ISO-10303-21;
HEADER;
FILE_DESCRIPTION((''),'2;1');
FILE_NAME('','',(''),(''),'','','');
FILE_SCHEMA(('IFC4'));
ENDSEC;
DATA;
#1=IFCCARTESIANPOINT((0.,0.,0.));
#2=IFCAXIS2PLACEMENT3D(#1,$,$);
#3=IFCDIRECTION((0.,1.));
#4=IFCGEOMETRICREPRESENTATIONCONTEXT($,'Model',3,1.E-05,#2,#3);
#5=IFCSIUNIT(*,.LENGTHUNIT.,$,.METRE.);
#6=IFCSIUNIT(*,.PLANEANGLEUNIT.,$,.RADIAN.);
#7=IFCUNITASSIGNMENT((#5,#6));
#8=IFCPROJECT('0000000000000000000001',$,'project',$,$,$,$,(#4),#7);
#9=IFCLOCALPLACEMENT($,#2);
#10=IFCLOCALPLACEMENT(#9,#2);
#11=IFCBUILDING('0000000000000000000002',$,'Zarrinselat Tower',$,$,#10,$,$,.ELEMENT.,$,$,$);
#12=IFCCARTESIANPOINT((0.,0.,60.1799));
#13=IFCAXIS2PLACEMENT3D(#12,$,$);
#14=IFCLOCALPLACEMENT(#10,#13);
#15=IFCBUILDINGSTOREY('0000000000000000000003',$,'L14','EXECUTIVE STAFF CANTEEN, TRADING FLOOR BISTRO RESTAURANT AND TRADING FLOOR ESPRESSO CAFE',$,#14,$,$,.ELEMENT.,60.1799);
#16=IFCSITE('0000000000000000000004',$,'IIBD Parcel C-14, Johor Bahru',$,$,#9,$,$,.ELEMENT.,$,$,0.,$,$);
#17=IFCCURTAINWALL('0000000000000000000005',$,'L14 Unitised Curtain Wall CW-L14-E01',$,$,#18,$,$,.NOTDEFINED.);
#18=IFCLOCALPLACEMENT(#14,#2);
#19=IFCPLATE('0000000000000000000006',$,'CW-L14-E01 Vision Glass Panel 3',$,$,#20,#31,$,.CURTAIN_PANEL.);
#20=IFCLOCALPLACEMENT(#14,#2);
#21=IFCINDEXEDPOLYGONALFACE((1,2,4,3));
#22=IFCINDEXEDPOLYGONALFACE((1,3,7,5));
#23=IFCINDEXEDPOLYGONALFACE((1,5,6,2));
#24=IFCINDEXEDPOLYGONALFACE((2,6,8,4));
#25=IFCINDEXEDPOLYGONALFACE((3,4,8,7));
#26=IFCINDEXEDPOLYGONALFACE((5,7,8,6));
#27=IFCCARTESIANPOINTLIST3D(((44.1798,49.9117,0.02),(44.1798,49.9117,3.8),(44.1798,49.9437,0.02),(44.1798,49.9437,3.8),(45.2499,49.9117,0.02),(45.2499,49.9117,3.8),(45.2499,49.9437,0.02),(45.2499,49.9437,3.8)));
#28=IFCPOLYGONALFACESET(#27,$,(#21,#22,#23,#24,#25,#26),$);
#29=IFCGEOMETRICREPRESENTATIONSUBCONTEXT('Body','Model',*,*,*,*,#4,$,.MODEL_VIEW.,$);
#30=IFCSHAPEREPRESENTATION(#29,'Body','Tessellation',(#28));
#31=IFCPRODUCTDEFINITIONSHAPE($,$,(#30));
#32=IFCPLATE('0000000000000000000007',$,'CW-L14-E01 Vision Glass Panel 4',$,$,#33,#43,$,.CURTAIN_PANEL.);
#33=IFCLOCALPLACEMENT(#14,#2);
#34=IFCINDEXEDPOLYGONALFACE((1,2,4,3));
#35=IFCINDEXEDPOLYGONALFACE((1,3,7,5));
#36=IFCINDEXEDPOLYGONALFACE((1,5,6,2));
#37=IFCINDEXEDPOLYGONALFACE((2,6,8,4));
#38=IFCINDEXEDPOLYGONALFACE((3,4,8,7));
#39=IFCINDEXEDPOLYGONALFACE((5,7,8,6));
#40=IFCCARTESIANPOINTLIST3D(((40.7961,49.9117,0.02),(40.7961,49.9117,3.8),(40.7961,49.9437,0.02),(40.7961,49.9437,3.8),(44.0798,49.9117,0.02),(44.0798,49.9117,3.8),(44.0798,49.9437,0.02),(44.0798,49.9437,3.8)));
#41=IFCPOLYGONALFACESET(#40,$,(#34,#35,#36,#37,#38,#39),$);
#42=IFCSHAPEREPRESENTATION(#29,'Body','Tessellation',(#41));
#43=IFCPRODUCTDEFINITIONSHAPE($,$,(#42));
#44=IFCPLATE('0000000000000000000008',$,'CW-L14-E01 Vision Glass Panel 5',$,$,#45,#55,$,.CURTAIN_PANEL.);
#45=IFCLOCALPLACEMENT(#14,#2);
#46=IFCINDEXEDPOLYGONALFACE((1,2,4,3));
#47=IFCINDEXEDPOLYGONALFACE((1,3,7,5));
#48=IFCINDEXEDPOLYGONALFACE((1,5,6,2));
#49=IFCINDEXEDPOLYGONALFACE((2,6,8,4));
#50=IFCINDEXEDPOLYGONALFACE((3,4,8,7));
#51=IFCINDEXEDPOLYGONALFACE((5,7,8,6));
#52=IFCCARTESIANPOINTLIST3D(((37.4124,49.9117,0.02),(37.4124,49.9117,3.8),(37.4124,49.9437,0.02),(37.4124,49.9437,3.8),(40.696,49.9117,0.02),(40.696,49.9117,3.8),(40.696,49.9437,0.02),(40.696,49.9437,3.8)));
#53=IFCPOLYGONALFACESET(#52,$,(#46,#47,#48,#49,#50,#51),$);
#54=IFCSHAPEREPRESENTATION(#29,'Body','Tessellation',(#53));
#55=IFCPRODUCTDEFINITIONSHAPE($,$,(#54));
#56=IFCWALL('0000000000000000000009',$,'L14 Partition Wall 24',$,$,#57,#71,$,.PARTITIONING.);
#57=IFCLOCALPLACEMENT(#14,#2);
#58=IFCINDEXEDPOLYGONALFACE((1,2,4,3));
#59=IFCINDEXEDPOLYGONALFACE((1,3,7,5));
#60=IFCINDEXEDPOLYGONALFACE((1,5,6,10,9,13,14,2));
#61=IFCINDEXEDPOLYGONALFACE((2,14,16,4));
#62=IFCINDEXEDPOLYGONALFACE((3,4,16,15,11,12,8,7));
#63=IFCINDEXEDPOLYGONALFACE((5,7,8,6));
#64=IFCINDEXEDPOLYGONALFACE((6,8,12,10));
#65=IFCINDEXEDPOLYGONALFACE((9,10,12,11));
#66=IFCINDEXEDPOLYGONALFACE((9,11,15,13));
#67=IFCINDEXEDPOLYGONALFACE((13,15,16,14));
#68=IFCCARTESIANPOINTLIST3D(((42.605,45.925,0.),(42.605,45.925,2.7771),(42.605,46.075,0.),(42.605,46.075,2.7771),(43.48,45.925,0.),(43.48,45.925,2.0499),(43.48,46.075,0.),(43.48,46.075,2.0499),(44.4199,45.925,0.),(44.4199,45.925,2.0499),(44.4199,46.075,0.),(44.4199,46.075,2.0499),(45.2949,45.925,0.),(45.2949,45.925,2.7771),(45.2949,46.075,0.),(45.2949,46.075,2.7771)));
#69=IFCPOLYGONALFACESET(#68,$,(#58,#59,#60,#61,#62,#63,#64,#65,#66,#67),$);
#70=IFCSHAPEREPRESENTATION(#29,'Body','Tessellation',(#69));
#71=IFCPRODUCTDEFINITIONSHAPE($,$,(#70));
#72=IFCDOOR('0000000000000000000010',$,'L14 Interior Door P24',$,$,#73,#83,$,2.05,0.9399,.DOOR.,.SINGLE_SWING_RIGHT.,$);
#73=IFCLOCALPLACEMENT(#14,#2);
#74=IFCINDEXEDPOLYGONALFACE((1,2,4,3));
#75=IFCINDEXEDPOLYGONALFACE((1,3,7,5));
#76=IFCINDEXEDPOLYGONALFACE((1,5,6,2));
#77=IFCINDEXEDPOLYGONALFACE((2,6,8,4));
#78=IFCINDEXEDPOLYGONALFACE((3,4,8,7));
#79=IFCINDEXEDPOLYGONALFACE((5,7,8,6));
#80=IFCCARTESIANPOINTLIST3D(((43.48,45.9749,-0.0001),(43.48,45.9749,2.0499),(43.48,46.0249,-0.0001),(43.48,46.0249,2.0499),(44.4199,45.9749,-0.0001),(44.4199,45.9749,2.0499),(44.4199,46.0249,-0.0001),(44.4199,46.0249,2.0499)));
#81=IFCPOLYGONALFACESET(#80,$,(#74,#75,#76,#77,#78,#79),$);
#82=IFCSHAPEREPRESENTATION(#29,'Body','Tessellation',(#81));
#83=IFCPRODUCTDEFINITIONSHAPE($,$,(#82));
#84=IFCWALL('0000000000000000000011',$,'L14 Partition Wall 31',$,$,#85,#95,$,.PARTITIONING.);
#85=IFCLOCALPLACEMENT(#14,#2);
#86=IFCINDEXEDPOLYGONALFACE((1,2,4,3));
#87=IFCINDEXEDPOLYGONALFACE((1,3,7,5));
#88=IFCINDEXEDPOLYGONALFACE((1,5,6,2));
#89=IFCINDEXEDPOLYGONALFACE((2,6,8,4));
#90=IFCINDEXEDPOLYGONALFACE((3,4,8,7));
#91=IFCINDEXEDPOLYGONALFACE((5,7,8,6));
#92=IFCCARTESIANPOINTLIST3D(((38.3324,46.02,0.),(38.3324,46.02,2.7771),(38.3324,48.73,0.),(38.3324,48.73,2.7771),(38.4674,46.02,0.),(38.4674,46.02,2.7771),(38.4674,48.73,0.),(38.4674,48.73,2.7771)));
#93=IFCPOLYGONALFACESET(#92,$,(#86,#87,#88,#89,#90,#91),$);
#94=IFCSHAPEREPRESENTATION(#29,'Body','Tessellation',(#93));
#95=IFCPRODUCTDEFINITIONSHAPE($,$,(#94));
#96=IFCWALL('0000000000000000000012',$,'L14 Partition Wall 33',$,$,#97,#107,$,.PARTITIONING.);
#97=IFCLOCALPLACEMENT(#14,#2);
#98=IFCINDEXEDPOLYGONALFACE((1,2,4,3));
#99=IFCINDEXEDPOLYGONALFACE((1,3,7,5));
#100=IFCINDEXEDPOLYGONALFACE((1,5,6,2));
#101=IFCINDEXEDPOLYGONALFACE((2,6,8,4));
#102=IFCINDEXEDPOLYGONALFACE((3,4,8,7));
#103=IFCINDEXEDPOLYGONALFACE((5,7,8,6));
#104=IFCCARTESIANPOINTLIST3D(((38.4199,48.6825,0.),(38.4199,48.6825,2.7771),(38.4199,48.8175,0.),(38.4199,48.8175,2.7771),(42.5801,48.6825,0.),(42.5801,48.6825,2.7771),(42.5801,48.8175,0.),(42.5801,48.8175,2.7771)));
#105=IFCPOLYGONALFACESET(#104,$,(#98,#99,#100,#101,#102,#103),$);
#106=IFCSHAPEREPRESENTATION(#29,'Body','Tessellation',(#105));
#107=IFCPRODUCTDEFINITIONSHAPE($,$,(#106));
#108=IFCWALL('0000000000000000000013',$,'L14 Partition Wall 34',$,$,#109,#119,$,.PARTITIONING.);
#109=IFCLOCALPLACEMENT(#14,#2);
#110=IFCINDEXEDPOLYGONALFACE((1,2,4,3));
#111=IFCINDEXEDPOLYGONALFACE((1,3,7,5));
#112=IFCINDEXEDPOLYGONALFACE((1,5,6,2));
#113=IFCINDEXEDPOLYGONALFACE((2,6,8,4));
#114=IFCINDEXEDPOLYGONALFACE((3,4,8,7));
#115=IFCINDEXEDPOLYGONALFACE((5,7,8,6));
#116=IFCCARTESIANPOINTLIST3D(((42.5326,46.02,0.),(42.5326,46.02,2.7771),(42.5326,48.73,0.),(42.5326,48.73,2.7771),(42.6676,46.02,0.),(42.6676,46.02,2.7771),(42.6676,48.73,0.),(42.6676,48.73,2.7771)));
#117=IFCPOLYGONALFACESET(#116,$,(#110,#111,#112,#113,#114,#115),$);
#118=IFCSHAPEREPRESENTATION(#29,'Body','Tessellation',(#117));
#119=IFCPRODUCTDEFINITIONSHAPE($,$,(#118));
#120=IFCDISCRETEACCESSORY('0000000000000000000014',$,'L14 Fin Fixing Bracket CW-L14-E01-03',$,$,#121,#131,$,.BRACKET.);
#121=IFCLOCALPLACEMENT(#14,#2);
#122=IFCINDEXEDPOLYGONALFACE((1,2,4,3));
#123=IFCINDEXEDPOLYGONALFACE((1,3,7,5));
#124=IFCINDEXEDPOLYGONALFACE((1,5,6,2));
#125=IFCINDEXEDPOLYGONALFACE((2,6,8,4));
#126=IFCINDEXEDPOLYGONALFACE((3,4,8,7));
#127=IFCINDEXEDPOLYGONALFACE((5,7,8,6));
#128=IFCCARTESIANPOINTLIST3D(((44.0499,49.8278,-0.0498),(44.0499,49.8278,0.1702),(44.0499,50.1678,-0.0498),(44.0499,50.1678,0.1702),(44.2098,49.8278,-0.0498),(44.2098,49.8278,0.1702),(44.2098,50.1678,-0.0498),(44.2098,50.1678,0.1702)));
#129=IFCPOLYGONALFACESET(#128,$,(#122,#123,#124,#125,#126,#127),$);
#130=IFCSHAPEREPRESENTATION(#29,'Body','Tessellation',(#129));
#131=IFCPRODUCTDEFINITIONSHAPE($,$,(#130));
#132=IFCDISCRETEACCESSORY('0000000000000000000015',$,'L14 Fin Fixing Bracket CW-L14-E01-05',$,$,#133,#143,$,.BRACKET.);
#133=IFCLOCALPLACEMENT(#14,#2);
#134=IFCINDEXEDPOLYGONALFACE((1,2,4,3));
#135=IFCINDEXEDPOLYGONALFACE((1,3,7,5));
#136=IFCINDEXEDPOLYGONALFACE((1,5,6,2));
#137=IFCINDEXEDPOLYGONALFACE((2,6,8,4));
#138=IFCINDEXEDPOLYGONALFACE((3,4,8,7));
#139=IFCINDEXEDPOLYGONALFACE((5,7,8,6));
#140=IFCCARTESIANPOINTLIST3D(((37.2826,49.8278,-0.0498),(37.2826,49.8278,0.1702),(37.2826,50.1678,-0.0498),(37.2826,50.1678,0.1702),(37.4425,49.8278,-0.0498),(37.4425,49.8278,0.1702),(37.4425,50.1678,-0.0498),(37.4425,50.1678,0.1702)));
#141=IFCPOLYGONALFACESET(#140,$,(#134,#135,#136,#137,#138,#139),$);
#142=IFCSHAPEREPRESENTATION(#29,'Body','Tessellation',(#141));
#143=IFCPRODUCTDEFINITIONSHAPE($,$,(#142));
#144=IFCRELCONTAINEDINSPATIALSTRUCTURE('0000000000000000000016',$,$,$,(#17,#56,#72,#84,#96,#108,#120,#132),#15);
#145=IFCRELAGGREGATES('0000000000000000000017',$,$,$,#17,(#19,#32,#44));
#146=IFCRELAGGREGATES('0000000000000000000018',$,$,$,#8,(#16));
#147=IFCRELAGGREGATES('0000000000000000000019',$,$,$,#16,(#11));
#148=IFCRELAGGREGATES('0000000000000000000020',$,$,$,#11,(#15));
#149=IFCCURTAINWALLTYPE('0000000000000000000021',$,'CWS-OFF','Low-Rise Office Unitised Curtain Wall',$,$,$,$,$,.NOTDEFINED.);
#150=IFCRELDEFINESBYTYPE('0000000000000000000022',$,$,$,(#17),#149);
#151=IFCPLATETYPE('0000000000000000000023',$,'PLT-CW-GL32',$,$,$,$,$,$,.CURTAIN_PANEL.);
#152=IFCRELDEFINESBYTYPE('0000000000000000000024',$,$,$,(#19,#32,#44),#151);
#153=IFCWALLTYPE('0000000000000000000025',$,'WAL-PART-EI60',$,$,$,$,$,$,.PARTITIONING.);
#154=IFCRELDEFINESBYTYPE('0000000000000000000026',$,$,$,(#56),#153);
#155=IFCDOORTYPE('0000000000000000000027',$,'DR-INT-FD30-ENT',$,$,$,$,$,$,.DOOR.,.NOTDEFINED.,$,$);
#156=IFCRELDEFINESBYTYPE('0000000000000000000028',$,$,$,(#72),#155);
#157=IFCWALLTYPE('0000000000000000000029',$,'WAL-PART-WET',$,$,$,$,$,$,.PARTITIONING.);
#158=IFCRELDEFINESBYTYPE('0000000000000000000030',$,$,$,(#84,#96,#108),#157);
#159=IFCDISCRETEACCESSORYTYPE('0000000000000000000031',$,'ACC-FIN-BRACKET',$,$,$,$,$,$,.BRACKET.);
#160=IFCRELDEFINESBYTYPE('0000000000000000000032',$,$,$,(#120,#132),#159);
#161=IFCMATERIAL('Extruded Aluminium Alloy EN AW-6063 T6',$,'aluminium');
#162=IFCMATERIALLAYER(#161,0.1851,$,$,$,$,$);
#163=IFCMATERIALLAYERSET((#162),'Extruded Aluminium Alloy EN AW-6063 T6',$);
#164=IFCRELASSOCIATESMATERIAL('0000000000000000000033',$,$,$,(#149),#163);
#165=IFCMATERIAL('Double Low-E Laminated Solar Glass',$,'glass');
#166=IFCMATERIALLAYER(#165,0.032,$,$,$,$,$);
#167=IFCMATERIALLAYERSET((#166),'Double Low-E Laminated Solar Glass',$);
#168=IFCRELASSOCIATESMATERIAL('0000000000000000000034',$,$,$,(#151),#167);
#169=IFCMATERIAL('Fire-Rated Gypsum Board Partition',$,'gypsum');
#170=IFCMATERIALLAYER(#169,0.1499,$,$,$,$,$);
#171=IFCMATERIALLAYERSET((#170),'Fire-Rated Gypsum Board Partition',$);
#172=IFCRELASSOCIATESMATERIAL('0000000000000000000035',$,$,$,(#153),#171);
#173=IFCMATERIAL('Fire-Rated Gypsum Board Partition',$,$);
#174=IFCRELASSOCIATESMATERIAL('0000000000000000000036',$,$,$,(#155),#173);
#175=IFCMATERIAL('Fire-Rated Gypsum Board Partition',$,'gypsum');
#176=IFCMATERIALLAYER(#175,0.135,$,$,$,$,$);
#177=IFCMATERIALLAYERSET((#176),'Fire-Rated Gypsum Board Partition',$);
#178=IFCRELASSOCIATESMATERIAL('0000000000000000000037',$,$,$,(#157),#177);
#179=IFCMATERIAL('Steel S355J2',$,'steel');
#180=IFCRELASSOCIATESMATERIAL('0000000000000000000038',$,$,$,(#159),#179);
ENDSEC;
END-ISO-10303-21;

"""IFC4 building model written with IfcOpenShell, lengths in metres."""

from ifc_helpers import new_model, si_unit, direction, frame, frame_2d, origin, origin_2d, place, context, subcontext, project, spatial, rectangle, extrude, material, layer, layer_set, type_object, element, fill, aggregate, save


model = new_model("IFC4")

# Units and contexts
model_context = context("Model", 3, precision=1e-05, world=origin(), true_north=direction((0.0, 1.0)))
body_context = subcontext(model_context, "Body", "Model", "MODEL_VIEW")
ifc_project = project(units=[si_unit("LENGTHUNIT", "METRE"), si_unit("PLANEANGLEUNIT", "RADIAN")], contexts=[model_context])

# Site, building, storey
site_placement = place(None, origin())
site = spatial("IfcSite", under=ifc_project, at=site_placement, Name="IIBD Parcel C-14, Johor Bahru", CompositionType="ELEMENT", RefElevation=0.0)
building_placement = place(site_placement, origin())
building = spatial("IfcBuilding", under=site, at=building_placement, Name="Zarrinselat Tower", CompositionType="ELEMENT")
storey_placement = place(building_placement, frame((0.0, 0.0, 60.1799)))
storey = spatial("IfcBuildingStorey", under=building, at=storey_placement, Name="L14", Description="EXECUTIVE STAFF CANTEEN, TRADING FLOOR BISTRO RESTAURANT AND TRADING FLOOR ESPRESSO CAFE", CompositionType="ELEMENT", Elevation=60.1799)

# Curtain wall, plates
ifc_material_1 = material(Name="Extruded Aluminium Alloy EN AW-6063 T6", Category="aluminium")
ifc_layer_1 = layer(ifc_material_1, 0.1851)
ifc_layer_set_1 = layer_set([ifc_layer_1], Name="Extruded Aluminium Alloy EN AW-6063 T6")
curtain_wall_type = type_object("IfcCurtainWallType", Name="CWS-OFF", Description="Low-Rise Office Unitised Curtain Wall", PredefinedType="NOTDEFINED", material=ifc_layer_set_1)
curtain_wall_placement = place(storey_placement, origin())
curtain_wall = element("IfcCurtainWall", 1, at=curtain_wall_placement, inside=storey, type_object=curtain_wall_type, Name="L14 Unitised Curtain Wall CW-L14-E01", PredefinedType="NOTDEFINED")
ifc_material_2 = material(Name="Double Low-E Laminated Solar Glass", Category="glass")
ifc_layer_2 = layer(ifc_material_2, 0.032)
ifc_layer_set_2 = layer_set([ifc_layer_2], Name="Double Low-E Laminated Solar Glass")
plate_type = type_object("IfcPlateType", Name="PLT-CW-GL32", PredefinedType="CURTAIN_PANEL", material=ifc_layer_set_2)
plate_1_placement = place(storey_placement, frame((44.7148, 49.9277, 0.02), z_axis=(0.0, 0.0, 1.0), x_axis=(-1.0, 0.0, 0.0)))
plate_1 = element("IfcPlate", 2, at=plate_1_placement, type_object=plate_type, Name="CW-L14-E01 Vision Glass Panel 3", PredefinedType="CURTAIN_PANEL", context=body_context, shape_type="SweptSolid", body=[
    extrude(rectangle(XDim=1.0701, YDim=0.032, at=origin_2d()), origin(), (0.0, 0.0, 1.0), 3.78),
])
plate_2_placement = place(storey_placement, frame((42.438, 49.9277, 0.02), z_axis=(0.0, 0.0, 1.0), x_axis=(-1.0, 0.0, 0.0)))
plate_2 = element("IfcPlate", 3, at=plate_2_placement, type_object=plate_type, Name="CW-L14-E01 Vision Glass Panel 4", PredefinedType="CURTAIN_PANEL", context=body_context, shape_type="SweptSolid", body=[
    extrude(rectangle(XDim=3.2837, YDim=0.032, at=origin_2d()), origin(), (0.0, 0.0, 1.0), 3.78),
])
plate_3_placement = place(storey_placement, frame((39.0542, 49.9277, 0.02), z_axis=(0.0, 0.0, 1.0), x_axis=(-1.0, 0.0, 0.0)))
plate_3 = element("IfcPlate", 4, at=plate_3_placement, type_object=plate_type, Name="CW-L14-E01 Vision Glass Panel 5", PredefinedType="CURTAIN_PANEL", context=body_context, shape_type="SweptSolid", body=[
    extrude(rectangle(XDim=3.2837, YDim=0.032, at=origin_2d()), origin(), (0.0, 0.0, 1.0), 3.78),
])
aggregate(curtain_wall, [plate_1, plate_2, plate_3])

# Wall, opening, door
ifc_material_3 = material(Name="Fire-Rated Gypsum Board Partition", Category="gypsum")
ifc_layer_3 = layer(ifc_material_3, 0.1499)
ifc_layer_set_3 = layer_set([ifc_layer_3], Name="Fire-Rated Gypsum Board Partition")
wall_type_1 = type_object("IfcWallType", Name="WAL-PART-EI60", PredefinedType="PARTITIONING", material=ifc_layer_set_3)
wall_1_placement = place(storey_placement, frame((42.605, 46.0, 0.0), z_axis=(0.0, 0.0, 1.0), x_axis=(1.0, 0.0, 0.0)))
wall_1 = element("IfcWall", 5, at=wall_1_placement, inside=storey, type_object=wall_type_1, Name="L14 Partition Wall 24", PredefinedType="PARTITIONING", context=body_context, shape_type="SweptSolid", body=[
    extrude(rectangle(XDim=2.6899, YDim=0.1499, at=frame_2d((1.345, 0.0))), origin(), (0.0, 0.0, 1.0), 2.7771),
])
opening_placement = place(wall_1_placement, frame((0.875, 0.0, 0.0)))
opening = element("IfcOpeningElement", 6, at=opening_placement, cuts=wall_1, PredefinedType="OPENING", context=body_context, shape_type="SweptSolid", body=[
    extrude(rectangle(XDim=0.9399, YDim=2.05, at=frame_2d((0.47, 1.0249))), frame((0.0, 0.085, 0.0), z_axis=(0.0, -1.0, 0.0), x_axis=(1.0, 0.0, 0.0)), (0.0, 0.0, 1.0), 0.1699),
])
ifc_material_4 = material(Name="Fire-Rated Gypsum Board Partition")
door_type = type_object("IfcDoorType", Name="DR-INT-FD30-ENT", OperationType="NOTDEFINED", PredefinedType="DOOR", material=ifc_material_4)
door_placement = place(opening_placement, origin())
door = element("IfcDoor", 7, at=door_placement, inside=storey, type_object=door_type, Name="L14 Interior Door P24", OperationType="SINGLE_SWING_RIGHT", OverallHeight=2.05, OverallWidth=0.9399, PredefinedType="DOOR", context=body_context, shape_type="SweptSolid", body=[
    extrude(rectangle(XDim=0.9399, YDim=2.05, at=frame_2d((0.47, 1.0249))), frame((0.0, 0.0249, 0.0), z_axis=(0.0, -1.0, 0.0), x_axis=(1.0, 0.0, 0.0)), (0.0, 0.0, 1.0), 0.05),
])
fill(opening, door)

# Walls
ifc_material_5 = material(Name="Fire-Rated Gypsum Board Partition", Category="gypsum")
ifc_layer_4 = layer(ifc_material_5, 0.135)
ifc_layer_set_4 = layer_set([ifc_layer_4], Name="Fire-Rated Gypsum Board Partition")
wall_type_2 = type_object("IfcWallType", Name="WAL-PART-WET", PredefinedType="PARTITIONING", material=ifc_layer_set_4)
wall_2_placement = place(storey_placement, frame((38.3999, 46.02, 0.0), z_axis=(0.0, 0.0, 1.0), x_axis=(0.0, 1.0, 0.0)))
element("IfcWall", 8, at=wall_2_placement, inside=storey, type_object=wall_type_2, Name="L14 Partition Wall 31", PredefinedType="PARTITIONING", context=body_context, shape_type="SweptSolid", body=[
    extrude(rectangle(XDim=2.71, YDim=0.135, at=frame_2d((1.355, 0.0))), origin(), (0.0, 0.0, 1.0), 2.7771),
])
wall_3_placement = place(storey_placement, frame((38.4199, 48.75, 0.0), z_axis=(0.0, 0.0, 1.0), x_axis=(1.0, 0.0, 0.0)))
element("IfcWall", 9, at=wall_3_placement, inside=storey, type_object=wall_type_2, Name="L14 Partition Wall 33", PredefinedType="PARTITIONING", context=body_context, shape_type="SweptSolid", body=[
    extrude(rectangle(XDim=4.1602, YDim=0.135, at=frame_2d((2.0801, 0.0))), origin(), (0.0, 0.0, 1.0), 2.7771),
])
wall_4_placement = place(storey_placement, frame((42.6001, 46.02, 0.0), z_axis=(0.0, 0.0, 1.0), x_axis=(0.0, 1.0, 0.0)))
element("IfcWall", 10, at=wall_4_placement, inside=storey, type_object=wall_type_2, Name="L14 Partition Wall 34", PredefinedType="PARTITIONING", context=body_context, shape_type="SweptSolid", body=[
    extrude(rectangle(XDim=2.71, YDim=0.135, at=frame_2d((1.355, 0.0))), origin(), (0.0, 0.0, 1.0), 2.7771),
])

# Discrete accessories
ifc_material_6 = material(Name="Steel S355J2", Category="steel")
discrete_accessory_type = type_object("IfcDiscreteAccessoryType", Name="ACC-FIN-BRACKET", PredefinedType="BRACKET", material=ifc_material_6)
for number, where, z_axis, x_axis, name in (
    (11, (44.1299, 49.9978, -0.0498), (0.0, 0.0, 1.0), (0.0, 1.0, 0.0), "L14 Fin Fixing Bracket CW-L14-E01-03"),
    (12, (37.3625, 49.9978, -0.0498), (0.0, 0.0, 1.0), (0.0, 1.0, 0.0), "L14 Fin Fixing Bracket CW-L14-E01-05"),
):
    element("IfcDiscreteAccessory", number, at=place(storey_placement, frame(where, z_axis=z_axis, x_axis=x_axis)), inside=storey, type_object=discrete_accessory_type, Name=name, PredefinedType="BRACKET", context=body_context, shape_type="SweptSolid", body=[
        extrude(rectangle(XDim=0.3401, YDim=0.1599, at=origin_2d()), origin(), (0.0, 0.0, 1.0), 0.22),
    ])

save(model, "model.ifc")
